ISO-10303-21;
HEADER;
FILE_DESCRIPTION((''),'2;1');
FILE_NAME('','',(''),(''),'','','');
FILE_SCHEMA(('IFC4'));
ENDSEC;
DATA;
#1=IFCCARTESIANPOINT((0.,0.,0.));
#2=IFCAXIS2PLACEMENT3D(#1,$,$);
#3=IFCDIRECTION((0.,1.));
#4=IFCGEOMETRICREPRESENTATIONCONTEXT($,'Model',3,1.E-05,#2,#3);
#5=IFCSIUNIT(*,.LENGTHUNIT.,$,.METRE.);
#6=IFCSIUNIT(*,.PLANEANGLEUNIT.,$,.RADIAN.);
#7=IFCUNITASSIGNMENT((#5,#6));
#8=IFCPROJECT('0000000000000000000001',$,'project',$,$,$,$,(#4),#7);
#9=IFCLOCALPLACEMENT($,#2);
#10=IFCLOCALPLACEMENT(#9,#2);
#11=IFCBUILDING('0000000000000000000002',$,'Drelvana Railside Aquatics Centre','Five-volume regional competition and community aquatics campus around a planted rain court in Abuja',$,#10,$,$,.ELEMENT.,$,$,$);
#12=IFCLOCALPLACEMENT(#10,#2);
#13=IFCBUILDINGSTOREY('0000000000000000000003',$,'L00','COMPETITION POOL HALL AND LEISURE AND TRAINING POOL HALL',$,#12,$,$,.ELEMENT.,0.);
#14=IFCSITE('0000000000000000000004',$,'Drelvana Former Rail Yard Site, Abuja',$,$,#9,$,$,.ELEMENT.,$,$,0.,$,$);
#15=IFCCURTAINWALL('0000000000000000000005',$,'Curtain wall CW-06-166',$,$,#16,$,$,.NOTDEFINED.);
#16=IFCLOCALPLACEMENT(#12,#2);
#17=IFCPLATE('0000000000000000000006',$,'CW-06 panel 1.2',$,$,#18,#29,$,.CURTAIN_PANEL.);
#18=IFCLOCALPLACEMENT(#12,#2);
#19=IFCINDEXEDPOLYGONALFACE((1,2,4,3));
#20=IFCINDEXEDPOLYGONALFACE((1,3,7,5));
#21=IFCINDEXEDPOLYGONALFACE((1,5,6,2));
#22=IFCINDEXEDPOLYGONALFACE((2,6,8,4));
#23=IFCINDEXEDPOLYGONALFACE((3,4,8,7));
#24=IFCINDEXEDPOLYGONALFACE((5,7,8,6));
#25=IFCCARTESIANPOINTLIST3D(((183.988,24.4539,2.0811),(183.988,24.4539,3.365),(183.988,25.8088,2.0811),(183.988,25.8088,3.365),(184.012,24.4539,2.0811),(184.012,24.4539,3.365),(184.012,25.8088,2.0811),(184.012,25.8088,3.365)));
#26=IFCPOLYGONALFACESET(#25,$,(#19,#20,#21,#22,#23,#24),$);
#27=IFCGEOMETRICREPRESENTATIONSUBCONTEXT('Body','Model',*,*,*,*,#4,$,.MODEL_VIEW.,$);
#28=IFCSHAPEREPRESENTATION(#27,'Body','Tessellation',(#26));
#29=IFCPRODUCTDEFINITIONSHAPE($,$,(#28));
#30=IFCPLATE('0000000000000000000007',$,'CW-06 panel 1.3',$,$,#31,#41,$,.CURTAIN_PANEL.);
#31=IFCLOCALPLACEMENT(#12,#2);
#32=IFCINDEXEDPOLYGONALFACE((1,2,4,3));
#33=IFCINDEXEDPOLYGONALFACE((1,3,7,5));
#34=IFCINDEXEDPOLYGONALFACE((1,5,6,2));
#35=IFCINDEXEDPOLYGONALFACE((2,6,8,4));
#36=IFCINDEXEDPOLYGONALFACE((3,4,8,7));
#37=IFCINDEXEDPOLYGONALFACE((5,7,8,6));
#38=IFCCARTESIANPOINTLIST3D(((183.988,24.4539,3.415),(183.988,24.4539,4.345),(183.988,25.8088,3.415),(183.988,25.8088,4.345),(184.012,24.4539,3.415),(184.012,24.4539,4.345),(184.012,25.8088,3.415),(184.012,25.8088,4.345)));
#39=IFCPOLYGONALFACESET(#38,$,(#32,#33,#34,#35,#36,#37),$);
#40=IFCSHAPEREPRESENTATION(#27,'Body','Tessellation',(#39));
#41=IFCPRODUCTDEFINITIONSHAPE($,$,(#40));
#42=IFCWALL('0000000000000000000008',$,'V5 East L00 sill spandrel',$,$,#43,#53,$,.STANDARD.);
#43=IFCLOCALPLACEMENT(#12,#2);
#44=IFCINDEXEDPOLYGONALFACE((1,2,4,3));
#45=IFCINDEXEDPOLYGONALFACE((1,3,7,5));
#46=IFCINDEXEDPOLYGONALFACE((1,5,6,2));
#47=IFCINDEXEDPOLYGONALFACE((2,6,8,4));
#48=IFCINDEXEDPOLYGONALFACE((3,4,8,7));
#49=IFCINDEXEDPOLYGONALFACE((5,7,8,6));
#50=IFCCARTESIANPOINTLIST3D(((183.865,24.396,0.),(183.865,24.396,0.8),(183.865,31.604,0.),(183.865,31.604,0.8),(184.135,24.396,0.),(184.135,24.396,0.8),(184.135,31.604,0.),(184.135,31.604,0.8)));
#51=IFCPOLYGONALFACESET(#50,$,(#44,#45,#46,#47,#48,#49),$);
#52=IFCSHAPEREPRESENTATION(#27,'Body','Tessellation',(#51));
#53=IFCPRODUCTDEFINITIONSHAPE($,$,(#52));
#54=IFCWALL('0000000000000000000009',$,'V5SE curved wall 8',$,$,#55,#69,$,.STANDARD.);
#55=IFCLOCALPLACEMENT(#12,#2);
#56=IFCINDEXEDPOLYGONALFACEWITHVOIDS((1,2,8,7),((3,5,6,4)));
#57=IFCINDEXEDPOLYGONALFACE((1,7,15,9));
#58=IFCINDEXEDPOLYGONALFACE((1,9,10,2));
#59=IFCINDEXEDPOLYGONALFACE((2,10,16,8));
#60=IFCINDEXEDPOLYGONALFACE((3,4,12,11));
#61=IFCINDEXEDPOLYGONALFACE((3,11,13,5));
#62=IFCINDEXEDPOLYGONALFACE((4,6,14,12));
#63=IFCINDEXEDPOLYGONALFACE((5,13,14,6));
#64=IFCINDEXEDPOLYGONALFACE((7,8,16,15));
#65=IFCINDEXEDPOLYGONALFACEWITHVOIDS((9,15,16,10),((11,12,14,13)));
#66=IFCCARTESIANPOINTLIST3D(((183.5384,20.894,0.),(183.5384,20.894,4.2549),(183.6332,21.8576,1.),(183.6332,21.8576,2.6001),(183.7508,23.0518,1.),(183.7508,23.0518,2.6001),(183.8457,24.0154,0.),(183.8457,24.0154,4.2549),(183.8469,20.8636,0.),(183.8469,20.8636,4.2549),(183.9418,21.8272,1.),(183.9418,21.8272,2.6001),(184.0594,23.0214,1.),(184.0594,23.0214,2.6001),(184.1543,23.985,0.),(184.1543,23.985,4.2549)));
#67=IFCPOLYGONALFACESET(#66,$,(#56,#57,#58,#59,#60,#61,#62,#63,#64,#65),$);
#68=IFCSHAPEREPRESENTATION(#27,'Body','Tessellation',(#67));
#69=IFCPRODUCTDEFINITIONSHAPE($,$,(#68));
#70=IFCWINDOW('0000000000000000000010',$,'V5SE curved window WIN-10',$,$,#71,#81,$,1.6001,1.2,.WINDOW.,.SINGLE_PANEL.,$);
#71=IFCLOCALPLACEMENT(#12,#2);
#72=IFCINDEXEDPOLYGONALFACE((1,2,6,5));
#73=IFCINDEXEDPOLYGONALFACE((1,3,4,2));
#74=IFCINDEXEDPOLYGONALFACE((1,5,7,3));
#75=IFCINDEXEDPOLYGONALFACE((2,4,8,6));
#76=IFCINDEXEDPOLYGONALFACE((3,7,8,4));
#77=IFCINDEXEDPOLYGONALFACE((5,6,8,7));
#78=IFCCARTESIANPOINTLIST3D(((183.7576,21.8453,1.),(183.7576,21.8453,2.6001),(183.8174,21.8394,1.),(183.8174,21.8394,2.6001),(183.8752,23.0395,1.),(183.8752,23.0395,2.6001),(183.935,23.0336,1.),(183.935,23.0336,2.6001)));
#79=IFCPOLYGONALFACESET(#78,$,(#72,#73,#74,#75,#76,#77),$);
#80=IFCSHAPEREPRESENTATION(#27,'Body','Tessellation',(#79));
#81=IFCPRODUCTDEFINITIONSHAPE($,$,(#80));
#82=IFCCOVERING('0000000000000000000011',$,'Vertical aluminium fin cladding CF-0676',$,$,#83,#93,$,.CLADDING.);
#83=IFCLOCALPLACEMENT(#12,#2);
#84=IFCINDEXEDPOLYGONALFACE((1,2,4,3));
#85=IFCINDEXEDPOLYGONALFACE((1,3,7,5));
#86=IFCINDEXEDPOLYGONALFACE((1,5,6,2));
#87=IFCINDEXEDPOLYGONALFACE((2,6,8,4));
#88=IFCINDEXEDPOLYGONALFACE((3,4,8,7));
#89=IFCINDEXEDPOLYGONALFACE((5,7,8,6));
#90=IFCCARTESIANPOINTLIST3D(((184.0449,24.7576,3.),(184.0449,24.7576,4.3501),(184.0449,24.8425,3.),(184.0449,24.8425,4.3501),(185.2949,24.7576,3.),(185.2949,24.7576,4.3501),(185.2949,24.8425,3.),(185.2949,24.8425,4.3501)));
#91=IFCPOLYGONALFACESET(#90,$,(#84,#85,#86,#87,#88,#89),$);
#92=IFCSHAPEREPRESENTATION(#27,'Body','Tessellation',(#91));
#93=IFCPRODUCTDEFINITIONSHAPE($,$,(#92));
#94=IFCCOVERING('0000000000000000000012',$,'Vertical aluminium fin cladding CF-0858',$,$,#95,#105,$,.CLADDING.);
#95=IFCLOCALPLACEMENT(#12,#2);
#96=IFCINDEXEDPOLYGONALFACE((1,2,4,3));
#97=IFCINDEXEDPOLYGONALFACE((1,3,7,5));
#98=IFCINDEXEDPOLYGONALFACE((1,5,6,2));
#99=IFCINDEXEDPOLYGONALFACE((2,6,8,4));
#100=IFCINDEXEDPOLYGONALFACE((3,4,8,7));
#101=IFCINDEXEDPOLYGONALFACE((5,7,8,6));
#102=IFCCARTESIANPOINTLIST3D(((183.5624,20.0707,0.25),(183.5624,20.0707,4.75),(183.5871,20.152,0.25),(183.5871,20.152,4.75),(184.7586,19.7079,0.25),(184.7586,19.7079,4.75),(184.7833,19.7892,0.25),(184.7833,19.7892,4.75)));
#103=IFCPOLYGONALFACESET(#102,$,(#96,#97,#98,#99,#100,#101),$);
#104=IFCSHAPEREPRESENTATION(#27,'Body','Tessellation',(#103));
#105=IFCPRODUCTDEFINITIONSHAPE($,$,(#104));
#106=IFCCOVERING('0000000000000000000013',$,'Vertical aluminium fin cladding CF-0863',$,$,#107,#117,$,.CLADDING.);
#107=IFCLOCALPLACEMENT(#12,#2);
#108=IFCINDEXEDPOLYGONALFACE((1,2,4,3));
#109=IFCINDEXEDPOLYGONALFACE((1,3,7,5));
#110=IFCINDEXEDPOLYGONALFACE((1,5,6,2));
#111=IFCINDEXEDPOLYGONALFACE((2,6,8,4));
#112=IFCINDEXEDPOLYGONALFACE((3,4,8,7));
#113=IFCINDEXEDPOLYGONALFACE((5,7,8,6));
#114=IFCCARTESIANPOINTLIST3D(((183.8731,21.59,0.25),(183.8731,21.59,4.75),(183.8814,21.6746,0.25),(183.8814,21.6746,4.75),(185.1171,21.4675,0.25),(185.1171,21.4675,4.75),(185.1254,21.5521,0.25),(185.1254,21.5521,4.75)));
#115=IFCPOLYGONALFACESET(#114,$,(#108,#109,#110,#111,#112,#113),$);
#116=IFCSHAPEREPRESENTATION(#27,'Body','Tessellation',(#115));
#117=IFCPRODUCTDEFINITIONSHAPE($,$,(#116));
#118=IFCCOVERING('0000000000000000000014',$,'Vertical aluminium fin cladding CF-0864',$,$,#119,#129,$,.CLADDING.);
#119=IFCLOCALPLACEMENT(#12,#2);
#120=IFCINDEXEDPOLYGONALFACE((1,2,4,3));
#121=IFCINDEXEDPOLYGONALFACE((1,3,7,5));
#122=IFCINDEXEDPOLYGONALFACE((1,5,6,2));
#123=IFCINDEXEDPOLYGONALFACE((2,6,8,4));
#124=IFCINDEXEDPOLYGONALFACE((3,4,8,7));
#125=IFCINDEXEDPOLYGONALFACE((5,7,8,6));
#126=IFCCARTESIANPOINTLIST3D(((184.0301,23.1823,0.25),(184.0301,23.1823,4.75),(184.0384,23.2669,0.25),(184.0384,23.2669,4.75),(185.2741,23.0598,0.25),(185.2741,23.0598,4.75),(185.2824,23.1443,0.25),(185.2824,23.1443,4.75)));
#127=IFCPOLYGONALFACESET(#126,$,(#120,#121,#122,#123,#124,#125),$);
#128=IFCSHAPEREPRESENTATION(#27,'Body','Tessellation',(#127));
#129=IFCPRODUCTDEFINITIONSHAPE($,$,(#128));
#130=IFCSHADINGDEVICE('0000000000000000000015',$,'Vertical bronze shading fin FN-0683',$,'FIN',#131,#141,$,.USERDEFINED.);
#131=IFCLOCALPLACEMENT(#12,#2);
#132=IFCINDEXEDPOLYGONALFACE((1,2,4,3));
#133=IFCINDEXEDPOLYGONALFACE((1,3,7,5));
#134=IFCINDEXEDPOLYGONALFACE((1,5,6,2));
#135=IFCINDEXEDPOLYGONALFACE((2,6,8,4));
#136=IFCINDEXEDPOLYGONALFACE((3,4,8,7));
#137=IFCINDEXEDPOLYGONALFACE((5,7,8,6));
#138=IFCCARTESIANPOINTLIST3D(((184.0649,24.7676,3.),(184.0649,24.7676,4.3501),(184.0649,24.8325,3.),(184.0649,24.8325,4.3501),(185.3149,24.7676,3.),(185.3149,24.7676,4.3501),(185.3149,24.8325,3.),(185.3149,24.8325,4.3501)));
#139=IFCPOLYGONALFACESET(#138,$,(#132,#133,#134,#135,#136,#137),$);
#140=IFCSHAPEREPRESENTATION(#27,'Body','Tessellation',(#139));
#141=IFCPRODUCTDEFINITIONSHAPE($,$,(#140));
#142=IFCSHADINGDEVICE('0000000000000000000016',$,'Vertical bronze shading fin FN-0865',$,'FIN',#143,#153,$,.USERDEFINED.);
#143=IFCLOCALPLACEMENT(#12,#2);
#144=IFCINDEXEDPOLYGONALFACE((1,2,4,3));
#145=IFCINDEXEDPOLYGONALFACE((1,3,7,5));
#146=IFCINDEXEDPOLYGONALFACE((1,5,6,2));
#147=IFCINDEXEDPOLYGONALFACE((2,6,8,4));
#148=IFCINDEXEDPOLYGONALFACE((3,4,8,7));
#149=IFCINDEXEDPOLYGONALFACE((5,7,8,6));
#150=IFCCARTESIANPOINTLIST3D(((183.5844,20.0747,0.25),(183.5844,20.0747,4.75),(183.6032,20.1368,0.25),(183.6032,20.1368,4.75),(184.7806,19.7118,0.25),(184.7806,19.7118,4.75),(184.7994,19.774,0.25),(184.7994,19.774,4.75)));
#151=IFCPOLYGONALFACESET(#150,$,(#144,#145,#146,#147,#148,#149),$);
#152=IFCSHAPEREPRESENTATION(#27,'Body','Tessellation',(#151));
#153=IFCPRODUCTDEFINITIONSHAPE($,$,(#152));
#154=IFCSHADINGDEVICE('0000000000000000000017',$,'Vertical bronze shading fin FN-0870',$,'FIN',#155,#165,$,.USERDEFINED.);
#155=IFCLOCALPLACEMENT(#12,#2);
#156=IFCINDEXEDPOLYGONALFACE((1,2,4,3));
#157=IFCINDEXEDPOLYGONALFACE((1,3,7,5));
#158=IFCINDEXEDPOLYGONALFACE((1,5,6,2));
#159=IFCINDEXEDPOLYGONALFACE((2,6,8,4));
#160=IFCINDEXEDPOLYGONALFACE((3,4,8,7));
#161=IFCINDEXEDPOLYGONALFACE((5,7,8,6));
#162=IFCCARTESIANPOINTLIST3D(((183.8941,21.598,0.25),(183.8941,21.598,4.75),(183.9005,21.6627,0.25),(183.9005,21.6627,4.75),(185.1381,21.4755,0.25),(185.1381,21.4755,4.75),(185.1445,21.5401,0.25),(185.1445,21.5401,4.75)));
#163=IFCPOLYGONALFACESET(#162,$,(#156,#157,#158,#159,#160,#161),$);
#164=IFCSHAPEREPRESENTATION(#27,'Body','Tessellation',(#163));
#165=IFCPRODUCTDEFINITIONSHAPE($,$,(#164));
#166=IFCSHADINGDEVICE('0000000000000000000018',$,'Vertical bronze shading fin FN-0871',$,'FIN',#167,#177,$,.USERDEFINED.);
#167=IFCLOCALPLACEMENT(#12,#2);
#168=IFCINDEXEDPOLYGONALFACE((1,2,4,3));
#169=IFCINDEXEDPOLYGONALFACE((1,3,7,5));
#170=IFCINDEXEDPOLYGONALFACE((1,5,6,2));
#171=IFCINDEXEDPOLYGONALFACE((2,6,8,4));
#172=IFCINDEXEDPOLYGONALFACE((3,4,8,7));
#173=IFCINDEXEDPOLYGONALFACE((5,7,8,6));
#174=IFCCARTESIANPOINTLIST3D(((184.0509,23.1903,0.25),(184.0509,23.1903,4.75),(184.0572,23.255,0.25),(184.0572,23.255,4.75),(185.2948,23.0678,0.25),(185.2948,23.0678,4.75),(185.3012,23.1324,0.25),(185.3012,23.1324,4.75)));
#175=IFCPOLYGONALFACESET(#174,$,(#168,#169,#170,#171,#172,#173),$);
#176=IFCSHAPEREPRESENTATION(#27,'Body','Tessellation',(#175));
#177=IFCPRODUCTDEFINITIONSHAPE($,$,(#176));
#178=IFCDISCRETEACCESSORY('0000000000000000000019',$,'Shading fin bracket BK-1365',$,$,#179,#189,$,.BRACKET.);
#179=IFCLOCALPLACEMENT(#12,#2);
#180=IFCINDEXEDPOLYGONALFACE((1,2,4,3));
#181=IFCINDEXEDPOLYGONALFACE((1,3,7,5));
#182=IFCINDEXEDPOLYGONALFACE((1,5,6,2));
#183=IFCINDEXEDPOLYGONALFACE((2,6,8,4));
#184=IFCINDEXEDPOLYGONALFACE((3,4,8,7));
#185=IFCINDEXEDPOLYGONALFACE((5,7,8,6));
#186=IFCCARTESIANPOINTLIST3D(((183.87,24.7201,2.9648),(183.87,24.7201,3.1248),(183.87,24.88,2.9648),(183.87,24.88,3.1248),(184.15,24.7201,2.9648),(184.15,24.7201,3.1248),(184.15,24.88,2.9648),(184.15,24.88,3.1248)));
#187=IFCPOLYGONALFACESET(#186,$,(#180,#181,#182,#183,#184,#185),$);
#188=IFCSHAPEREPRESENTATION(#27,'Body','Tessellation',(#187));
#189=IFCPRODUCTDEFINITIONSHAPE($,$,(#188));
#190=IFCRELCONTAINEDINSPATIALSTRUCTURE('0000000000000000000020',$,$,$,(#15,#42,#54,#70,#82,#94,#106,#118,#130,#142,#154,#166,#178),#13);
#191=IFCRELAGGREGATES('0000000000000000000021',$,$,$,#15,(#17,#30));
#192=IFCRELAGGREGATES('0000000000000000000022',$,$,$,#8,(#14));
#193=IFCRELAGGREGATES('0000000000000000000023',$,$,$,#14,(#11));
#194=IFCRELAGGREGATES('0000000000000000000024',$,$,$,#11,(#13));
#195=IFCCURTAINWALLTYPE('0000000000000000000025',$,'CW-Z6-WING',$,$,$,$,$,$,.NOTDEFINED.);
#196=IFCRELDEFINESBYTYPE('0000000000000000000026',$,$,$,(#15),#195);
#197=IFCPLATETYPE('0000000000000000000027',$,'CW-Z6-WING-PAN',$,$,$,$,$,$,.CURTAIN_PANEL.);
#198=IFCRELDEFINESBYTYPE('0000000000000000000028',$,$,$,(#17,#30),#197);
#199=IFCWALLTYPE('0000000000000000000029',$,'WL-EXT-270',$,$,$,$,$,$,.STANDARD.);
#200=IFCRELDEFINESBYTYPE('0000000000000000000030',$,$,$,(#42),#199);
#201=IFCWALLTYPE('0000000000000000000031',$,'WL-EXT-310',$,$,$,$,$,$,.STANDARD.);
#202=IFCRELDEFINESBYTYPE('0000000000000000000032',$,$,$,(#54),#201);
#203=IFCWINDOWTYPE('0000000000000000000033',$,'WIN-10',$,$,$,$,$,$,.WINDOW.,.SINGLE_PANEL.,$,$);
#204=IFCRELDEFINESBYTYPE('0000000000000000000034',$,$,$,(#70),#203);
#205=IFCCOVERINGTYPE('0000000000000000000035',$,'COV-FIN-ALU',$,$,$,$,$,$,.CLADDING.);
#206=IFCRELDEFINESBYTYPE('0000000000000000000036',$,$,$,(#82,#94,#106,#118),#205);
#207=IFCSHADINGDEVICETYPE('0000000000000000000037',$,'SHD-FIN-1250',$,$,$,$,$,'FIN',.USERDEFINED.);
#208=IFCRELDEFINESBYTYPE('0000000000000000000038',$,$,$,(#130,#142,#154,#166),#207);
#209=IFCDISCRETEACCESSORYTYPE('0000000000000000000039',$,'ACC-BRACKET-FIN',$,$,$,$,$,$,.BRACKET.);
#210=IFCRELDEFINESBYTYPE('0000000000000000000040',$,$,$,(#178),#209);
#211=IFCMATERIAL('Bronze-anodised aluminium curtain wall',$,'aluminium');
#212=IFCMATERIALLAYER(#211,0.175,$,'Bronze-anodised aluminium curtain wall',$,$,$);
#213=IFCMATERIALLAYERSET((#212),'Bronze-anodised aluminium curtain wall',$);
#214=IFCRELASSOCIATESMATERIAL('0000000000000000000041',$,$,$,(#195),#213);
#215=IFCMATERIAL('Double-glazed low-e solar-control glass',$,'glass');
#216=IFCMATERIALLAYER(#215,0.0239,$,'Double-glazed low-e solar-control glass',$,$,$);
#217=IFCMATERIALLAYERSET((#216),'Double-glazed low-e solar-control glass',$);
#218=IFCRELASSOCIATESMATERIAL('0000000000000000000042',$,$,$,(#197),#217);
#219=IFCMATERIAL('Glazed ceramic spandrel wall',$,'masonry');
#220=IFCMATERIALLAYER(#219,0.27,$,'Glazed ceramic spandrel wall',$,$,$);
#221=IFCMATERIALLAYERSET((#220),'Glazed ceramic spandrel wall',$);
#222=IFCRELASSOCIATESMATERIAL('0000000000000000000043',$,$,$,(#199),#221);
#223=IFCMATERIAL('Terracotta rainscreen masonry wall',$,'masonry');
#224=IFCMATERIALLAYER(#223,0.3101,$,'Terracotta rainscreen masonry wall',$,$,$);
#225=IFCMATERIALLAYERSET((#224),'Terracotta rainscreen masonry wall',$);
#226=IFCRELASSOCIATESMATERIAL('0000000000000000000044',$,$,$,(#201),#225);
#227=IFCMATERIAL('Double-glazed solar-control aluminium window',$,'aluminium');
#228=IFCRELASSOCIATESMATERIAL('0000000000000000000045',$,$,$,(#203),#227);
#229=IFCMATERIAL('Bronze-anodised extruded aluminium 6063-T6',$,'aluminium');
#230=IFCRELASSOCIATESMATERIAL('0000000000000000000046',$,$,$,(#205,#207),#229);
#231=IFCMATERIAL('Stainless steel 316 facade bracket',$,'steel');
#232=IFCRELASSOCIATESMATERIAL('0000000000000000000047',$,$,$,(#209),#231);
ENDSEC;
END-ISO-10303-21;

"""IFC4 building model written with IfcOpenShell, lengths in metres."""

from ifc_helpers import new_model, si_unit, direction, frame, frame_2d, origin, origin_2d, place, context, subcontext, project, spatial, rectangle, extrude, material, layer, layer_set, type_object, element, fill, aggregate, save


model = new_model("IFC4")

# Units and contexts
model_context = context("Model", 3, precision=1e-05, world=origin(), true_north=direction((0.0, 1.0)))
body_context = subcontext(model_context, "Body", "Model", "MODEL_VIEW")
ifc_project = project(units=[si_unit("LENGTHUNIT", "METRE"), si_unit("PLANEANGLEUNIT", "RADIAN")], contexts=[model_context])

# Site, building, storey
site_placement = place(None, origin())
site = spatial("IfcSite", under=ifc_project, at=site_placement, Name="Drelvana Former Rail Yard Site, Abuja", CompositionType="ELEMENT", RefElevation=0.0)
building_placement = place(site_placement, origin())
building = spatial("IfcBuilding", under=site, at=building_placement, Name="Drelvana Railside Aquatics Centre", Description="Five-volume regional competition and community aquatics campus around a planted rain court in Abuja", CompositionType="ELEMENT")
storey_placement = place(building_placement, origin())
storey = spatial("IfcBuildingStorey", under=building, at=storey_placement, Name="L00", Description="COMPETITION POOL HALL AND LEISURE AND TRAINING POOL HALL", CompositionType="ELEMENT", Elevation=0.0)

# Curtain wall
ifc_material_1 = material(Name="Bronze-anodised aluminium curtain wall", Category="aluminium")
ifc_layer_1 = layer(ifc_material_1, 0.175, Name="Bronze-anodised aluminium curtain wall")
ifc_layer_set_1 = layer_set([ifc_layer_1], Name="Bronze-anodised aluminium curtain wall")
curtain_wall_type = type_object("IfcCurtainWallType", Name="CW-Z6-WING", PredefinedType="NOTDEFINED", material=ifc_layer_set_1)
curtain_wall_placement = place(storey_placement, origin())
curtain_wall = element("IfcCurtainWall", 1, at=curtain_wall_placement, inside=storey, type_object=curtain_wall_type, Name="Curtain wall CW-06-166", PredefinedType="NOTDEFINED")

# Plates
ifc_material_2 = material(Name="Double-glazed low-e solar-control glass", Category="glass")
ifc_layer_2 = layer(ifc_material_2, 0.0239, Name="Double-glazed low-e solar-control glass")
ifc_layer_set_2 = layer_set([ifc_layer_2], Name="Double-glazed low-e solar-control glass")
plate_type = type_object("IfcPlateType", Name="CW-Z6-WING-PAN", PredefinedType="CURTAIN_PANEL", material=ifc_layer_set_2)
plate_1_placement = place(storey_placement, frame((184.0, 25.1313, 2.0811), z_axis=(0.0, 0.0, 1.0), x_axis=(0.0, 1.0, 0.0)))
plate_1 = element("IfcPlate", 2, at=plate_1_placement, type_object=plate_type, Name="CW-06 panel 1.2", PredefinedType="CURTAIN_PANEL", context=body_context, shape_type="SweptSolid", body=[
    extrude(rectangle(XDim=1.355, YDim=0.0239, at=origin_2d()), origin(), (0.0, 0.0, 1.0), 1.2839),
])
plate_2_placement = place(storey_placement, frame((184.0, 25.1313, 3.415), z_axis=(0.0, 0.0, 1.0), x_axis=(0.0, 1.0, 0.0)))
plate_2 = element("IfcPlate", 3, at=plate_2_placement, type_object=plate_type, Name="CW-06 panel 1.3", PredefinedType="CURTAIN_PANEL", context=body_context, shape_type="SweptSolid", body=[
    extrude(rectangle(XDim=1.355, YDim=0.0239, at=origin_2d()), origin(), (0.0, 0.0, 1.0), 0.9299),
])
aggregate(curtain_wall, [plate_1, plate_2])

# Wall
ifc_material_3 = material(Name="Glazed ceramic spandrel wall", Category="masonry")
ifc_layer_3 = layer(ifc_material_3, 0.27, Name="Glazed ceramic spandrel wall")
ifc_layer_set_3 = layer_set([ifc_layer_3], Name="Glazed ceramic spandrel wall")
wall_type_1 = type_object("IfcWallType", Name="WL-EXT-270", PredefinedType="STANDARD", material=ifc_layer_set_3)
wall_1_placement = place(storey_placement, frame((184.0, 24.396, 0.0), z_axis=(0.0, 0.0, 1.0), x_axis=(0.0, 1.0, 0.0)))
element("IfcWall", 4, at=wall_1_placement, inside=storey, type_object=wall_type_1, Name="V5 East L00 sill spandrel", PredefinedType="STANDARD", context=body_context, shape_type="SweptSolid", body=[
    extrude(rectangle(XDim=7.208, YDim=0.27, at=frame_2d((3.604, 0.0))), origin(), (0.0, 0.0, 1.0), 0.8),
])

# Wall, opening, window
ifc_material_4 = material(Name="Terracotta rainscreen masonry wall", Category="masonry")
ifc_layer_4 = layer(ifc_material_4, 0.3101, Name="Terracotta rainscreen masonry wall")
ifc_layer_set_4 = layer_set([ifc_layer_4], Name="Terracotta rainscreen masonry wall")
wall_type_2 = type_object("IfcWallType", Name="WL-EXT-310", PredefinedType="STANDARD", material=ifc_layer_set_4)
wall_2_placement = place(storey_placement, frame((183.6926, 20.8787, 0.0), z_axis=(0.0, 0.0, 1.0), x_axis=(0.098001, 0.995186, 0.0)))
wall_2 = element("IfcWall", 5, at=wall_2_placement, inside=storey, type_object=wall_type_2, Name="V5SE curved wall 8", PredefinedType="STANDARD", context=body_context, shape_type="SweptSolid", body=[
    extrude(rectangle(XDim=3.1365, YDim=0.3101, at=frame_2d((1.5684, 0.0))), origin(), (0.0, 0.0, 1.0), 4.2549),
])
opening_placement = place(wall_2_placement, frame((0.9683, 0.0, 1.0)))
opening = element("IfcOpeningElement", 6, at=opening_placement, cuts=wall_2, PredefinedType="OPENING", context=body_context, shape_type="SweptSolid", body=[
    extrude(rectangle(XDim=1.2, YDim=1.6001, at=frame_2d((0.6001, 0.8))), frame((0.0, 0.165, 0.0), z_axis=(0.0, -1.0, 0.0), x_axis=(1.0, 0.0, 0.0)), (0.0, 0.0, 1.0), 0.3301),
])
ifc_material_5 = material(Name="Double-glazed solar-control aluminium window", Category="aluminium")
window_type = type_object("IfcWindowType", Name="WIN-10", PartitioningType="SINGLE_PANEL", PredefinedType="WINDOW", material=ifc_material_5)
window_placement = place(opening_placement, origin())
window = element("IfcWindow", 7, at=window_placement, inside=storey, type_object=window_type, Name="V5SE curved window WIN-10", OverallHeight=1.6001, OverallWidth=1.2, PartitioningType="SINGLE_PANEL", PredefinedType="WINDOW", context=body_context, shape_type="SweptSolid", body=[
    extrude(rectangle(XDim=1.2, YDim=1.6001, at=frame_2d((0.6001, 0.8))), frame((0.0, 0.03, 0.0), z_axis=(0.0, -1.0, 0.0), x_axis=(1.0, 0.0, 0.0)), (0.0, 0.0, 1.0), 0.0601),
])
fill(opening, window)

# Coverings
ifc_material_6 = material(Name="Bronze-anodised extruded aluminium 6063-T6", Category="aluminium")
covering_type = type_object("IfcCoveringType", Name="COV-FIN-ALU", PredefinedType="CLADDING", material=ifc_material_6)
covering_placement = place(storey_placement, frame((184.6699, 24.8, 3.0), z_axis=(0.0, 0.0, 1.0), x_axis=(0.0, -1.0, 0.0)))
element("IfcCovering", 8, at=covering_placement, inside=storey, type_object=covering_type, Name="Vertical aluminium fin cladding CF-0676", PredefinedType="CLADDING", context=body_context, shape_type="SweptSolid", body=[
    extrude(rectangle(XDim=0.085, YDim=1.25, at=origin_2d()), origin(), (0.0, 0.0, 1.0), 1.3501),
])
for number, where, z_axis, x_axis, name in (
    (9, (184.1729, 19.9299, 0.25), (0.0, 0.0, 1.0), (-0.290285, -0.95694, 0.0), "Vertical aluminium fin cladding CF-0858"),
    (10, (184.4993, 21.571, 0.25), (0.0, 0.0, 1.0), (-0.098017, -0.995185, 0.0), "Vertical aluminium fin cladding CF-0863"),
    (11, (184.6562, 23.1633, 0.25), (0.0, 0.0, 1.0), (-0.098017, -0.995185, 0.0), "Vertical aluminium fin cladding CF-0864"),
):
    element("IfcCovering", number, at=place(storey_placement, frame(where, z_axis=z_axis, x_axis=x_axis)), inside=storey, type_object=covering_type, Name=name, PredefinedType="CLADDING", context=body_context, shape_type="SweptSolid", body=[
        extrude(rectangle(XDim=0.085, YDim=1.25, at=origin_2d()), origin(), (0.0, 0.0, 1.0), 4.5),
    ])

# Shading devices
shading_device_type = type_object("IfcShadingDeviceType", Name="SHD-FIN-1250", ElementType="FIN", PredefinedType="USERDEFINED", material=ifc_material_6)
shading_device_placement = place(storey_placement, frame((184.6899, 24.8, 3.0), z_axis=(0.0, 0.0, 1.0), x_axis=(1.0, 0.0, 0.0)))
element("IfcShadingDevice", 12, at=shading_device_placement, inside=storey, type_object=shading_device_type, Name="Vertical bronze shading fin FN-0683", ObjectType="FIN", PredefinedType="USERDEFINED", context=body_context, shape_type="SweptSolid", body=[
    extrude(rectangle(XDim=1.25, YDim=0.0649, at=origin_2d()), origin(), (0.0, 0.0, 1.0), 1.3501),
])
for number, where, z_axis, x_axis, name in (
    (13, (184.1919, 19.9243, 0.25), (0.0, 0.0, 1.0), (0.95694, -0.290285, 0.0), "Vertical bronze shading fin FN-0865"),
    (14, (184.5193, 21.5691, 0.25), (0.0, 0.0, 1.0), (0.995185, -0.098017, 0.0), "Vertical bronze shading fin FN-0870"),
    (15, (184.676, 23.1614, 0.25), (0.0, 0.0, 1.0), (0.995185, -0.098017, 0.0), "Vertical bronze shading fin FN-0871"),
):
    element("IfcShadingDevice", number, at=place(storey_placement, frame(where, z_axis=z_axis, x_axis=x_axis)), inside=storey, type_object=shading_device_type, Name=name, ObjectType="FIN", PredefinedType="USERDEFINED", context=body_context, shape_type="SweptSolid", body=[
        extrude(rectangle(XDim=1.25, YDim=0.0649, at=origin_2d()), origin(), (0.0, 0.0, 1.0), 4.5),
    ])

# Discrete accessory
ifc_material_7 = material(Name="Stainless steel 316 facade bracket", Category="steel")
discrete_accessory_type = type_object("IfcDiscreteAccessoryType", Name="ACC-BRACKET-FIN", PredefinedType="BRACKET", material=ifc_material_7)
for number, where, z_axis, x_axis, name in (
    (16, (184.01, 24.8, 2.9648), (0.0, 0.0, 1.0), (1.0, 0.0, 0.0), "Shading fin bracket BK-1365"),
):
    element("IfcDiscreteAccessory", number, at=place(storey_placement, frame(where, z_axis=z_axis, x_axis=x_axis)), inside=storey, type_object=discrete_accessory_type, Name=name, PredefinedType="BRACKET", context=body_context, shape_type="SweptSolid", body=[
        extrude(rectangle(XDim=0.28, YDim=0.1599, at=origin_2d()), origin(), (0.0, 0.0, 1.0), 0.1599),
    ])

save(model, "model.ifc")
